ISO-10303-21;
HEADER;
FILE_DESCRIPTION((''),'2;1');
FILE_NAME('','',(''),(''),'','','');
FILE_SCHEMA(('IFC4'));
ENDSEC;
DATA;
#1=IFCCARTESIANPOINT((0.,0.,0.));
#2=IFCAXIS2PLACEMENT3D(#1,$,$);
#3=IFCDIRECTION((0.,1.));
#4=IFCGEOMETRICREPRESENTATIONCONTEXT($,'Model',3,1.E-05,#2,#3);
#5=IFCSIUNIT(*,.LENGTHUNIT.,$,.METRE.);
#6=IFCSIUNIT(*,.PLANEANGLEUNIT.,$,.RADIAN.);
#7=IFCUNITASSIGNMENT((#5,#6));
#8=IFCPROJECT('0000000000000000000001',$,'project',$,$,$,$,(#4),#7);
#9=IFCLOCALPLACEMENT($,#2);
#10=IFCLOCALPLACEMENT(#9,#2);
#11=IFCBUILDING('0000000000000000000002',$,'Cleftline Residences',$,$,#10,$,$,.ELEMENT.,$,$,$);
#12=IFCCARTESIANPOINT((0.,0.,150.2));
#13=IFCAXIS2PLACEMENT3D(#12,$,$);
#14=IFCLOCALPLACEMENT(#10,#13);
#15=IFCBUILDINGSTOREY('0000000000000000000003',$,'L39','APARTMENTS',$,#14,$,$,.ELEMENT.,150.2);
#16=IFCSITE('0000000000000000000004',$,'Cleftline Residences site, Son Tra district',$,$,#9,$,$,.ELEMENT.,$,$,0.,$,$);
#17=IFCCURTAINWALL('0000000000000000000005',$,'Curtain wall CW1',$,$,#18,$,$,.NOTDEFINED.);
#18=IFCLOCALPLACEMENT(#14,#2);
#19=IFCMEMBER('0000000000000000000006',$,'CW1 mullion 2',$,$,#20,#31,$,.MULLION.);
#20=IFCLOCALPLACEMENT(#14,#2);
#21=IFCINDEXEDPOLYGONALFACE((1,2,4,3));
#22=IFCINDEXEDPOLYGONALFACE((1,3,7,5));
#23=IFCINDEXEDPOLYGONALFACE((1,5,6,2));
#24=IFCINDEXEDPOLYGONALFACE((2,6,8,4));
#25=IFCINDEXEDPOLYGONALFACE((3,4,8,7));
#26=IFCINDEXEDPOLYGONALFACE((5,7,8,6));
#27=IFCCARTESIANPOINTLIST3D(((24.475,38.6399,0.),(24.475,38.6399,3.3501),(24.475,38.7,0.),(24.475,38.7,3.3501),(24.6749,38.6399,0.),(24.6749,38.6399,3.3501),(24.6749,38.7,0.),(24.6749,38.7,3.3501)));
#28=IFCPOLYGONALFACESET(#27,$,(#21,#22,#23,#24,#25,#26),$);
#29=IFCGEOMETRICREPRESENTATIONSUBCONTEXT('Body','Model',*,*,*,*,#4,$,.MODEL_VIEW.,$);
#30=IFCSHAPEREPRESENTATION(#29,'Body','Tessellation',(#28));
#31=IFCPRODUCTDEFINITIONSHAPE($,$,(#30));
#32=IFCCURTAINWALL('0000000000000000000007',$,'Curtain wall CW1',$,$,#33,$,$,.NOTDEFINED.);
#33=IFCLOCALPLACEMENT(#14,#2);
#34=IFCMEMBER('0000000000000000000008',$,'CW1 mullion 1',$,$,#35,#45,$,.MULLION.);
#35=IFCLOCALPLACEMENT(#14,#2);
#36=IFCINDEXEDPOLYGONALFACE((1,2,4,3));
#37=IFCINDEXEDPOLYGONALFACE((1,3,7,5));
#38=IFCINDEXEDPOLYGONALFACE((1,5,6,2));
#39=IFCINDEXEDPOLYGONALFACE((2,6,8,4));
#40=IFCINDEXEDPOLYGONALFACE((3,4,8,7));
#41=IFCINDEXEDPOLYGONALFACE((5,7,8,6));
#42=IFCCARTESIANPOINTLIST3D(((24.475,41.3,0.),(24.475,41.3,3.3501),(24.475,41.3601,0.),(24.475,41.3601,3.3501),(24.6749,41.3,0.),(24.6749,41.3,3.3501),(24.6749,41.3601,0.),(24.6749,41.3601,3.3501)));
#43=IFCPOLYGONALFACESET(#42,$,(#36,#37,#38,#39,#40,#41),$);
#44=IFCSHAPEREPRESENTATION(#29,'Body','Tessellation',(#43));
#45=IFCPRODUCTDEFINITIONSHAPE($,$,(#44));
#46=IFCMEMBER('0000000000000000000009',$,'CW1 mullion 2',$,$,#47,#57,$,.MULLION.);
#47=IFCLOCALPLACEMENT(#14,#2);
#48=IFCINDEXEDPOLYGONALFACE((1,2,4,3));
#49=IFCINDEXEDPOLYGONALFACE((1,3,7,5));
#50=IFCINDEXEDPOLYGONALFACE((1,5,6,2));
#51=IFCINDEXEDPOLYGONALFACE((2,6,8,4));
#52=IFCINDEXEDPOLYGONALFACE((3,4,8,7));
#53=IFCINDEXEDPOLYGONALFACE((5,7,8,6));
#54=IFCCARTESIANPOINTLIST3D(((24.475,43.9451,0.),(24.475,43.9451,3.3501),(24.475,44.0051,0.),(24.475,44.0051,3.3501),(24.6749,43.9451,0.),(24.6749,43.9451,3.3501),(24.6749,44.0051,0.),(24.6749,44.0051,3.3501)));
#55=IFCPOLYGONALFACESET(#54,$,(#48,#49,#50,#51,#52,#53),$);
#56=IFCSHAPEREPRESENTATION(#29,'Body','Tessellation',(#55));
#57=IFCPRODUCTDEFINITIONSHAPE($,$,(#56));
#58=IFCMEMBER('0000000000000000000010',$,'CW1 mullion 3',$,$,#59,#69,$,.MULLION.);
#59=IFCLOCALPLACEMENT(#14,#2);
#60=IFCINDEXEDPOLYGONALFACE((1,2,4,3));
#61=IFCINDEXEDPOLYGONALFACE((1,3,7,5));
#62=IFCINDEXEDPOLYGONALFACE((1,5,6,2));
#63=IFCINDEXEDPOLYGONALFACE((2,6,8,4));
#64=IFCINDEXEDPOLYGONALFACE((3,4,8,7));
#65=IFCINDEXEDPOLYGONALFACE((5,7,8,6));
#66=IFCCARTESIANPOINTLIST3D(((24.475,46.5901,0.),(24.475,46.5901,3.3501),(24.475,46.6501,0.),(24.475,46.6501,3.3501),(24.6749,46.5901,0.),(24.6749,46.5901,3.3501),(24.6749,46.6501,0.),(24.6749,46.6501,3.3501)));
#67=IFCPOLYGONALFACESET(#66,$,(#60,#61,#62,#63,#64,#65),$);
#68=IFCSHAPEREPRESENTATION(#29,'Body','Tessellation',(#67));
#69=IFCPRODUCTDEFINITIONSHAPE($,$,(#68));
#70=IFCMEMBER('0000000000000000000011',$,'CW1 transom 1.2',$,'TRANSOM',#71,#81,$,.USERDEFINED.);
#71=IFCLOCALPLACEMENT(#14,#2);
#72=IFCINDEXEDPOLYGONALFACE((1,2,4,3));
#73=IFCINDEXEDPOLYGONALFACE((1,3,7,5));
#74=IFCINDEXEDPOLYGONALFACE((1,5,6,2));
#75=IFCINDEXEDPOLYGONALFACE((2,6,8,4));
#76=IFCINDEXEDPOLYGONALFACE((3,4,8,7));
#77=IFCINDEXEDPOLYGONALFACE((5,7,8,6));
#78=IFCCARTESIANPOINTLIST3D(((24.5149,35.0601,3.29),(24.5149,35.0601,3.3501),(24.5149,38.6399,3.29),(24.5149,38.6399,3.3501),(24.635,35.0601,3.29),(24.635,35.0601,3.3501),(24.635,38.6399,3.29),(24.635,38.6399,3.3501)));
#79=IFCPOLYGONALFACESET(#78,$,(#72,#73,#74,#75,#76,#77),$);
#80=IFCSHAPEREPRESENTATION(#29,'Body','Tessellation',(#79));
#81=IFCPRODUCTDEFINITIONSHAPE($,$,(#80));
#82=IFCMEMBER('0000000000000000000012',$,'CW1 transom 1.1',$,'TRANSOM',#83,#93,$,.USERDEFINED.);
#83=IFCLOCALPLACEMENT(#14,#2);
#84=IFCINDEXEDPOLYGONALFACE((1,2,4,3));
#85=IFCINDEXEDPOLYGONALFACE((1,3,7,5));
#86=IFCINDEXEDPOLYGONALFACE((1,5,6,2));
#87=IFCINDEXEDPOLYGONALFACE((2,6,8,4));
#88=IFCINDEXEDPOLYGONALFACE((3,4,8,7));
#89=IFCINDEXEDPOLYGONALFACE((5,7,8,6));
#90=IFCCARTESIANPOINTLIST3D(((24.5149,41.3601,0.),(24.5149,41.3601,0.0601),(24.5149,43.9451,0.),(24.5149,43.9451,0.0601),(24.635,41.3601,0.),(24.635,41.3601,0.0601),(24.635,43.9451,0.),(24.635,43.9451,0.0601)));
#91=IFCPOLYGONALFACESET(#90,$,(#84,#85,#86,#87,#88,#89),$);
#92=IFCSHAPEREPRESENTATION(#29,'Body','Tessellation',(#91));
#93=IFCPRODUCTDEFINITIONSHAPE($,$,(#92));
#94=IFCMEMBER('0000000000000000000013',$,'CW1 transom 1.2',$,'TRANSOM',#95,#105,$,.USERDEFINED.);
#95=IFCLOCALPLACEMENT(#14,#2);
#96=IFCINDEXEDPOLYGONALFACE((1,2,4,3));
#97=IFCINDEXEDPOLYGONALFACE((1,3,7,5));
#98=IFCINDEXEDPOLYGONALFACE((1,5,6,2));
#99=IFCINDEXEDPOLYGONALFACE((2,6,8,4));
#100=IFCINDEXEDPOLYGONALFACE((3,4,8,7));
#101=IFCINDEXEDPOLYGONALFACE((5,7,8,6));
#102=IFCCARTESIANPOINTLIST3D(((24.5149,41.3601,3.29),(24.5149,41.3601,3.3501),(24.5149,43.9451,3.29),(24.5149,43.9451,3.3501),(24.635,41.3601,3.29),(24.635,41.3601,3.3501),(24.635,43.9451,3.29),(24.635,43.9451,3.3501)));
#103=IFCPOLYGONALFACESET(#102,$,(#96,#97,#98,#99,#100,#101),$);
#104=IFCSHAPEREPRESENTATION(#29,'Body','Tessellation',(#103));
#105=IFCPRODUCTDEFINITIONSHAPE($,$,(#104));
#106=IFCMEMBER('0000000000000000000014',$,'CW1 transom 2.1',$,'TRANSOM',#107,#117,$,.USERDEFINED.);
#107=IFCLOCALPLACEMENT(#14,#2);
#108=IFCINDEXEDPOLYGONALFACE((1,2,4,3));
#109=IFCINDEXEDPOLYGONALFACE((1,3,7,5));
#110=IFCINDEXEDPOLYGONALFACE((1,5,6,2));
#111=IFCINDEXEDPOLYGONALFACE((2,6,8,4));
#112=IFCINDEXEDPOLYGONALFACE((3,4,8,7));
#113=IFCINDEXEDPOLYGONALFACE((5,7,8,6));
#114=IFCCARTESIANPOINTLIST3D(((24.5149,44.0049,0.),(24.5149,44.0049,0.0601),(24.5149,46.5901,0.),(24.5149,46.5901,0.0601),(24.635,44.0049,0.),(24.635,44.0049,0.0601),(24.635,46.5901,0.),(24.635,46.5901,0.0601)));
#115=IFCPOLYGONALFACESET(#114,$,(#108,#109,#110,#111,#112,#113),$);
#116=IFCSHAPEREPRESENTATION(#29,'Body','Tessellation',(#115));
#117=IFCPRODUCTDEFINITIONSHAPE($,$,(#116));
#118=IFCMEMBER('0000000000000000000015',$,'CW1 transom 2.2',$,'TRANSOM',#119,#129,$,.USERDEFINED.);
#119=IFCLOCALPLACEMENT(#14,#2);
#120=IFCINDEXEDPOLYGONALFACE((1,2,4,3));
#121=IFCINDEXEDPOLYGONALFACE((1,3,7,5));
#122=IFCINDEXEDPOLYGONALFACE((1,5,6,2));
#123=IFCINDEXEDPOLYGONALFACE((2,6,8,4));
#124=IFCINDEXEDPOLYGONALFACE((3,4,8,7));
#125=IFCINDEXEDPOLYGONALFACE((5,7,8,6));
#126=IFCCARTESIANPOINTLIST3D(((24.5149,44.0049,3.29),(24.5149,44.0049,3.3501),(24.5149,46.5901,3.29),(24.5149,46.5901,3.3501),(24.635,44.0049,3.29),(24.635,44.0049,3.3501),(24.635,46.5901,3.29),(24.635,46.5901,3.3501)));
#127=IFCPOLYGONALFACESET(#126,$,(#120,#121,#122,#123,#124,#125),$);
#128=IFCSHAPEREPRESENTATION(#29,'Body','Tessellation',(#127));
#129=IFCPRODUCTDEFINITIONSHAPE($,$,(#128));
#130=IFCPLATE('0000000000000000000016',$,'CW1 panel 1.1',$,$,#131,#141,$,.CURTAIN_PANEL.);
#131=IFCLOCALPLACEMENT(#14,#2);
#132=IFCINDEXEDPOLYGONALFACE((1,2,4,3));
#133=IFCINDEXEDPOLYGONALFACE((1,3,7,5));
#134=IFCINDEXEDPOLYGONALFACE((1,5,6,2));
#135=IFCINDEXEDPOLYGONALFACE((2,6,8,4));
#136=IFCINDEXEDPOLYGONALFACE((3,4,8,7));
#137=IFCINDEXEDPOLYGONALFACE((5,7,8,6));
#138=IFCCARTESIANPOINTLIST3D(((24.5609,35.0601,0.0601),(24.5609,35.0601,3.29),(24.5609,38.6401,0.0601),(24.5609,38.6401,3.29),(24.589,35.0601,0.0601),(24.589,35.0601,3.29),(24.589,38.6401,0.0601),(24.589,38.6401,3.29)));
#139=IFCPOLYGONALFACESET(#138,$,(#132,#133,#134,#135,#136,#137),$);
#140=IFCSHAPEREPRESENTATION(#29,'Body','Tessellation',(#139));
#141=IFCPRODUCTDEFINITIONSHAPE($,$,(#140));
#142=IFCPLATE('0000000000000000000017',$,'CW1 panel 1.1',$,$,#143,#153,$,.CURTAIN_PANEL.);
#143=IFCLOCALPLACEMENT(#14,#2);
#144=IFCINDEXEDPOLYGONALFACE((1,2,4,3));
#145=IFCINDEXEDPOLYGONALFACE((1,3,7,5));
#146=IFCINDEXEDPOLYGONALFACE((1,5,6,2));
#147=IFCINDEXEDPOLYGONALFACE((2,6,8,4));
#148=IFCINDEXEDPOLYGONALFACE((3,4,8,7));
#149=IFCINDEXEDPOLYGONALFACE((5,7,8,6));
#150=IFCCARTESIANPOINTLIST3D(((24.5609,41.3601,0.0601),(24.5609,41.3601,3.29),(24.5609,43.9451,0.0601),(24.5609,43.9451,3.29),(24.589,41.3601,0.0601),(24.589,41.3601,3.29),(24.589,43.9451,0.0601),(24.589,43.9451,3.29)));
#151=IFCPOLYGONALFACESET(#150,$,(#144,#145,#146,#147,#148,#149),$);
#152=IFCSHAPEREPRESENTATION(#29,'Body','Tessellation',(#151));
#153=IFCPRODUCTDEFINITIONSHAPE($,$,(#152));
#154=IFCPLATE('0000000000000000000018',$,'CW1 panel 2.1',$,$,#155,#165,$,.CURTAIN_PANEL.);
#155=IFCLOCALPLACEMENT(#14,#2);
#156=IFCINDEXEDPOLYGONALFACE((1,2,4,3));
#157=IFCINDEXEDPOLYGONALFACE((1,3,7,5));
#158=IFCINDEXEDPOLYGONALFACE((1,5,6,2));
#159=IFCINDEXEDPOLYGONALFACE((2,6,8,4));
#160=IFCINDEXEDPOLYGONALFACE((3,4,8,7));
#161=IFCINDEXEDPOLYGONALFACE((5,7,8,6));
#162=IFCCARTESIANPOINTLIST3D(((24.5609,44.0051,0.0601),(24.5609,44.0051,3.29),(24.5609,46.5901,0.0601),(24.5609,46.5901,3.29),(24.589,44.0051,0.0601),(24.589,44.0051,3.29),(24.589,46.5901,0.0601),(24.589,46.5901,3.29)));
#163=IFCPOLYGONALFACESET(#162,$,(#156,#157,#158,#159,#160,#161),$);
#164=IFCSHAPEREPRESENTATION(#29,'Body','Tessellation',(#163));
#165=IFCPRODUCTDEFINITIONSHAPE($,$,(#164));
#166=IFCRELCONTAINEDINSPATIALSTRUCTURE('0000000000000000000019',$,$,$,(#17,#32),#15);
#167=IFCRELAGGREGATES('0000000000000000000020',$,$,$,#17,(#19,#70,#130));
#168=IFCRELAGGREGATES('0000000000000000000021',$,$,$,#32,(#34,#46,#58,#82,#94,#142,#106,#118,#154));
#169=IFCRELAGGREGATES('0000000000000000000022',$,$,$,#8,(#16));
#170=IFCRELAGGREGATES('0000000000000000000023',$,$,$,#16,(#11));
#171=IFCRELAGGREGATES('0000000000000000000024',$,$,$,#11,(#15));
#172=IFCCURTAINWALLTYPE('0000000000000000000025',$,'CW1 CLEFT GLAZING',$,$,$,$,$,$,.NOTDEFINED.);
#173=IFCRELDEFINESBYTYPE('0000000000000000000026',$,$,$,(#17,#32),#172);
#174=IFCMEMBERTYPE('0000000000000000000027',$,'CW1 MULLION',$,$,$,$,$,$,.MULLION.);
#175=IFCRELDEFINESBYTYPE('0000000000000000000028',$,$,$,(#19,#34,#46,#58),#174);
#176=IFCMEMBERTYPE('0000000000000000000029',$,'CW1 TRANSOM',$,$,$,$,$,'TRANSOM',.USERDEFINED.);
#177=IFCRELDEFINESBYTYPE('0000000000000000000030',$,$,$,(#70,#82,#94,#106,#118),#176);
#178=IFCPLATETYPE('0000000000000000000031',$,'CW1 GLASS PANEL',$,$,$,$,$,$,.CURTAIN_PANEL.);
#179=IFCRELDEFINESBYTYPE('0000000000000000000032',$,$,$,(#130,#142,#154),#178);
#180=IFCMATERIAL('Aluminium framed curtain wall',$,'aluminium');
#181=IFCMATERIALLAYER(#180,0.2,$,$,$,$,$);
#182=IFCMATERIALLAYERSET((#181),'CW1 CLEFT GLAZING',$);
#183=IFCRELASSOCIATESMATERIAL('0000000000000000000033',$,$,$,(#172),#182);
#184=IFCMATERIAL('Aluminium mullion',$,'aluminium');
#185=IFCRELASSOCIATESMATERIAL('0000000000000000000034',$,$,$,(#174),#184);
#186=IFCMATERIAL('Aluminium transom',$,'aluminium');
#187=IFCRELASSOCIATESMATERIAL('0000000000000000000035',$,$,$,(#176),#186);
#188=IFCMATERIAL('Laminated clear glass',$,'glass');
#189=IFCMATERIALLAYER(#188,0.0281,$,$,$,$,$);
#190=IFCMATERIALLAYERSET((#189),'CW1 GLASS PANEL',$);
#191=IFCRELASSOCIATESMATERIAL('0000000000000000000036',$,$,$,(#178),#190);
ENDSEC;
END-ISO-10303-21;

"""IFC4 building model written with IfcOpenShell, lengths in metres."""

from ifc_helpers import new_model, si_unit, direction, frame, origin, origin_2d, place, context, subcontext, project, spatial, rectangle, extrude, material, layer, layer_set, material_profile, profile_set, type_object, element, aggregate, save


model = new_model("IFC4")

# Units and contexts
model_context = context("Model", 3, precision=1e-05, world=origin(), true_north=direction((0.0, 1.0)))
body_context = subcontext(model_context, "Body", "Model", "MODEL_VIEW")
ifc_project = project(units=[si_unit("LENGTHUNIT", "METRE"), si_unit("PLANEANGLEUNIT", "RADIAN")], contexts=[model_context])

# Site, building, storey
site_placement = place(None, origin())
site = spatial("IfcSite", under=ifc_project, at=site_placement, Name="Cleftline Residences site, Son Tra district", CompositionType="ELEMENT", RefElevation=0.0)
building_placement = place(site_placement, origin())
building = spatial("IfcBuilding", under=site, at=building_placement, Name="Cleftline Residences", CompositionType="ELEMENT")
storey_placement = place(building_placement, frame((0.0, 0.0, 150.2)))
storey = spatial("IfcBuildingStorey", under=building, at=storey_placement, Name="L39", Description="APARTMENTS", CompositionType="ELEMENT", Elevation=150.2)

# Curtain wall, member
ifc_material_1 = material(Name="Aluminium framed curtain wall", Category="aluminium")
ifc_layer_1 = layer(ifc_material_1, 0.2)
ifc_layer_set_1 = layer_set([ifc_layer_1], Name="CW1 CLEFT GLAZING")
curtain_wall_type = type_object("IfcCurtainWallType", Name="CW1 CLEFT GLAZING", PredefinedType="NOTDEFINED", material=ifc_layer_set_1)
curtain_wall_1_placement = place(storey_placement, origin())
curtain_wall_1 = element("IfcCurtainWall", 1, at=curtain_wall_1_placement, inside=storey, type_object=curtain_wall_type, Name="Curtain wall CW1", PredefinedType="NOTDEFINED")
ifc_material_2 = material(Name="Aluminium mullion", Category="aluminium")
ifc_material_profile_1 = material_profile(ifc_material_2, rectangle(XDim=0.2, YDim=0.0601, at=origin_2d()))
ifc_profile_set_1 = profile_set([ifc_material_profile_1], Name="Aluminium mullion")
member_type_1 = type_object("IfcMemberType", Name="CW1 MULLION", PredefinedType="MULLION", material=ifc_profile_set_1)
member_1_placement = place(storey_placement, frame((24.575, 38.6699, 0.0), z_axis=(0.0, 0.0, 1.0), x_axis=(-1.0, 0.0, 0.0)))
member_1 = element("IfcMember", 2, at=member_1_placement, type_object=member_type_1, Name="CW1 mullion 2", PredefinedType="MULLION", context=body_context, shape_type="SweptSolid", body=[
    extrude(rectangle(XDim=0.2, YDim=0.0601, at=origin_2d()), origin(), (0.0, 0.0, 1.0), 3.3501),
])

# Curtain wall, members
curtain_wall_2_placement = place(storey_placement, origin())
curtain_wall_2 = element("IfcCurtainWall", 3, at=curtain_wall_2_placement, inside=storey, type_object=curtain_wall_type, Name="Curtain wall CW1", PredefinedType="NOTDEFINED")
member_2_placement = place(storey_placement, frame((24.575, 41.3301, 0.0), z_axis=(0.0, 0.0, 1.0), x_axis=(-1.0, 0.0, 0.0)))
member_2 = element("IfcMember", 4, at=member_2_placement, type_object=member_type_1, Name="CW1 mullion 1", PredefinedType="MULLION", context=body_context, shape_type="SweptSolid", body=[
    extrude(rectangle(XDim=0.2, YDim=0.0601, at=origin_2d()), origin(), (0.0, 0.0, 1.0), 3.3501),
])
member_3_placement = place(storey_placement, frame((24.575, 43.9751, 0.0), z_axis=(0.0, 0.0, 1.0), x_axis=(-1.0, 0.0, 0.0)))
member_3 = element("IfcMember", 5, at=member_3_placement, type_object=member_type_1, Name="CW1 mullion 2", PredefinedType="MULLION", context=body_context, shape_type="SweptSolid", body=[
    extrude(rectangle(XDim=0.2, YDim=0.0601, at=origin_2d()), origin(), (0.0, 0.0, 1.0), 3.3501),
])
member_4_placement = place(storey_placement, frame((24.575, 46.6201, 0.0), z_axis=(0.0, 0.0, 1.0), x_axis=(-1.0, 0.0, 0.0)))
member_4 = element("IfcMember", 6, at=member_4_placement, type_object=member_type_1, Name="CW1 mullion 3", PredefinedType="MULLION", context=body_context, shape_type="SweptSolid", body=[
    extrude(rectangle(XDim=0.2, YDim=0.0601, at=origin_2d()), origin(), (0.0, 0.0, 1.0), 3.3501),
])

# Members
ifc_material_3 = material(Name="Aluminium transom", Category="aluminium")
ifc_material_profile_2 = material_profile(ifc_material_3, rectangle(XDim=0.1201, YDim=0.0601, at=origin_2d()))
ifc_profile_set_2 = profile_set([ifc_material_profile_2], Name="Aluminium transom")
member_type_2 = type_object("IfcMemberType", Name="CW1 TRANSOM", ElementType="TRANSOM", PredefinedType="USERDEFINED", material=ifc_profile_set_2)
member_5_placement = place(storey_placement, frame((24.575, 35.0601, 3.3201), z_axis=(0.0, 1.0, 0.0), x_axis=(-1.0, 0.0, 0.0)))
member_5 = element("IfcMember", 7, at=member_5_placement, type_object=member_type_2, Name="CW1 transom 1.2", ObjectType="TRANSOM", PredefinedType="USERDEFINED", context=body_context, shape_type="SweptSolid", body=[
    extrude(rectangle(XDim=0.1201, YDim=0.0601, at=origin_2d()), origin(), (0.0, 0.0, 1.0), 3.5798),
])
member_6_placement = place(storey_placement, frame((24.575, 41.3601, 0.03), z_axis=(0.0, 1.0, 0.0), x_axis=(-1.0, 0.0, 0.0)))
member_6 = element("IfcMember", 8, at=member_6_placement, type_object=member_type_2, Name="CW1 transom 1.1", ObjectType="TRANSOM", PredefinedType="USERDEFINED", context=body_context, shape_type="SweptSolid", body=[
    extrude(rectangle(XDim=0.1201, YDim=0.0601, at=origin_2d()), origin(), (0.0, 0.0, 1.0), 2.585),
])
member_7_placement = place(storey_placement, frame((24.575, 41.3601, 3.3201), z_axis=(0.0, 1.0, 0.0), x_axis=(-1.0, 0.0, 0.0)))
member_7 = element("IfcMember", 9, at=member_7_placement, type_object=member_type_2, Name="CW1 transom 1.2", ObjectType="TRANSOM", PredefinedType="USERDEFINED", context=body_context, shape_type="SweptSolid", body=[
    extrude(rectangle(XDim=0.1201, YDim=0.0601, at=origin_2d()), origin(), (0.0, 0.0, 1.0), 2.585),
])
member_8_placement = place(storey_placement, frame((24.575, 44.0049, 0.03), z_axis=(0.0, 1.0, 0.0), x_axis=(-1.0, 0.0, 0.0)))
member_8 = element("IfcMember", 10, at=member_8_placement, type_object=member_type_2, Name="CW1 transom 2.1", ObjectType="TRANSOM", PredefinedType="USERDEFINED", context=body_context, shape_type="SweptSolid", body=[
    extrude(rectangle(XDim=0.1201, YDim=0.0601, at=origin_2d()), origin(), (0.0, 0.0, 1.0), 2.5852),
])
member_9_placement = place(storey_placement, frame((24.575, 44.0049, 3.3201), z_axis=(0.0, 1.0, 0.0), x_axis=(-1.0, 0.0, 0.0)))
member_9 = element("IfcMember", 11, at=member_9_placement, type_object=member_type_2, Name="CW1 transom 2.2", ObjectType="TRANSOM", PredefinedType="USERDEFINED", context=body_context, shape_type="SweptSolid", body=[
    extrude(rectangle(XDim=0.1201, YDim=0.0601, at=origin_2d()), origin(), (0.0, 0.0, 1.0), 2.5852),
])

# Plates
ifc_material_4 = material(Name="Laminated clear glass", Category="glass")
ifc_layer_2 = layer(ifc_material_4, 0.0281)
ifc_layer_set_2 = layer_set([ifc_layer_2], Name="CW1 GLASS PANEL")
plate_type = type_object("IfcPlateType", Name="CW1 GLASS PANEL", PredefinedType="CURTAIN_PANEL", material=ifc_layer_set_2)
plate_1_placement = place(storey_placement, frame((24.575, 36.8501, 0.0601), z_axis=(0.0, 0.0, 1.0), x_axis=(0.0, 1.0, 0.0)))
plate_1 = element("IfcPlate", 12, at=plate_1_placement, type_object=plate_type, Name="CW1 panel 1.1", PredefinedType="CURTAIN_PANEL", context=body_context, shape_type="SweptSolid", body=[
    extrude(rectangle(XDim=3.5801, YDim=0.0281, at=origin_2d()), origin(), (0.0, 0.0, 1.0), 3.23),
])
aggregate(curtain_wall_1, [member_1, member_5, plate_1])
plate_2_placement = place(storey_placement, frame((24.575, 42.6526, 0.0601), z_axis=(0.0, 0.0, 1.0), x_axis=(0.0, 1.0, 0.0)))
plate_2 = element("IfcPlate", 13, at=plate_2_placement, type_object=plate_type, Name="CW1 panel 1.1", PredefinedType="CURTAIN_PANEL", context=body_context, shape_type="SweptSolid", body=[
    extrude(rectangle(XDim=2.585, YDim=0.0281, at=origin_2d()), origin(), (0.0, 0.0, 1.0), 3.23),
])
plate_3_placement = place(storey_placement, frame((24.575, 45.2976, 0.0601), z_axis=(0.0, 0.0, 1.0), x_axis=(0.0, 1.0, 0.0)))
plate_3 = element("IfcPlate", 14, at=plate_3_placement, type_object=plate_type, Name="CW1 panel 2.1", PredefinedType="CURTAIN_PANEL", context=body_context, shape_type="SweptSolid", body=[
    extrude(rectangle(XDim=2.585, YDim=0.0281, at=origin_2d()), origin(), (0.0, 0.0, 1.0), 3.23),
])
aggregate(curtain_wall_2, [member_2, member_3, member_4, member_6, member_7, plate_2, member_8, member_9, plate_3])

save(model, "model.ifc")
